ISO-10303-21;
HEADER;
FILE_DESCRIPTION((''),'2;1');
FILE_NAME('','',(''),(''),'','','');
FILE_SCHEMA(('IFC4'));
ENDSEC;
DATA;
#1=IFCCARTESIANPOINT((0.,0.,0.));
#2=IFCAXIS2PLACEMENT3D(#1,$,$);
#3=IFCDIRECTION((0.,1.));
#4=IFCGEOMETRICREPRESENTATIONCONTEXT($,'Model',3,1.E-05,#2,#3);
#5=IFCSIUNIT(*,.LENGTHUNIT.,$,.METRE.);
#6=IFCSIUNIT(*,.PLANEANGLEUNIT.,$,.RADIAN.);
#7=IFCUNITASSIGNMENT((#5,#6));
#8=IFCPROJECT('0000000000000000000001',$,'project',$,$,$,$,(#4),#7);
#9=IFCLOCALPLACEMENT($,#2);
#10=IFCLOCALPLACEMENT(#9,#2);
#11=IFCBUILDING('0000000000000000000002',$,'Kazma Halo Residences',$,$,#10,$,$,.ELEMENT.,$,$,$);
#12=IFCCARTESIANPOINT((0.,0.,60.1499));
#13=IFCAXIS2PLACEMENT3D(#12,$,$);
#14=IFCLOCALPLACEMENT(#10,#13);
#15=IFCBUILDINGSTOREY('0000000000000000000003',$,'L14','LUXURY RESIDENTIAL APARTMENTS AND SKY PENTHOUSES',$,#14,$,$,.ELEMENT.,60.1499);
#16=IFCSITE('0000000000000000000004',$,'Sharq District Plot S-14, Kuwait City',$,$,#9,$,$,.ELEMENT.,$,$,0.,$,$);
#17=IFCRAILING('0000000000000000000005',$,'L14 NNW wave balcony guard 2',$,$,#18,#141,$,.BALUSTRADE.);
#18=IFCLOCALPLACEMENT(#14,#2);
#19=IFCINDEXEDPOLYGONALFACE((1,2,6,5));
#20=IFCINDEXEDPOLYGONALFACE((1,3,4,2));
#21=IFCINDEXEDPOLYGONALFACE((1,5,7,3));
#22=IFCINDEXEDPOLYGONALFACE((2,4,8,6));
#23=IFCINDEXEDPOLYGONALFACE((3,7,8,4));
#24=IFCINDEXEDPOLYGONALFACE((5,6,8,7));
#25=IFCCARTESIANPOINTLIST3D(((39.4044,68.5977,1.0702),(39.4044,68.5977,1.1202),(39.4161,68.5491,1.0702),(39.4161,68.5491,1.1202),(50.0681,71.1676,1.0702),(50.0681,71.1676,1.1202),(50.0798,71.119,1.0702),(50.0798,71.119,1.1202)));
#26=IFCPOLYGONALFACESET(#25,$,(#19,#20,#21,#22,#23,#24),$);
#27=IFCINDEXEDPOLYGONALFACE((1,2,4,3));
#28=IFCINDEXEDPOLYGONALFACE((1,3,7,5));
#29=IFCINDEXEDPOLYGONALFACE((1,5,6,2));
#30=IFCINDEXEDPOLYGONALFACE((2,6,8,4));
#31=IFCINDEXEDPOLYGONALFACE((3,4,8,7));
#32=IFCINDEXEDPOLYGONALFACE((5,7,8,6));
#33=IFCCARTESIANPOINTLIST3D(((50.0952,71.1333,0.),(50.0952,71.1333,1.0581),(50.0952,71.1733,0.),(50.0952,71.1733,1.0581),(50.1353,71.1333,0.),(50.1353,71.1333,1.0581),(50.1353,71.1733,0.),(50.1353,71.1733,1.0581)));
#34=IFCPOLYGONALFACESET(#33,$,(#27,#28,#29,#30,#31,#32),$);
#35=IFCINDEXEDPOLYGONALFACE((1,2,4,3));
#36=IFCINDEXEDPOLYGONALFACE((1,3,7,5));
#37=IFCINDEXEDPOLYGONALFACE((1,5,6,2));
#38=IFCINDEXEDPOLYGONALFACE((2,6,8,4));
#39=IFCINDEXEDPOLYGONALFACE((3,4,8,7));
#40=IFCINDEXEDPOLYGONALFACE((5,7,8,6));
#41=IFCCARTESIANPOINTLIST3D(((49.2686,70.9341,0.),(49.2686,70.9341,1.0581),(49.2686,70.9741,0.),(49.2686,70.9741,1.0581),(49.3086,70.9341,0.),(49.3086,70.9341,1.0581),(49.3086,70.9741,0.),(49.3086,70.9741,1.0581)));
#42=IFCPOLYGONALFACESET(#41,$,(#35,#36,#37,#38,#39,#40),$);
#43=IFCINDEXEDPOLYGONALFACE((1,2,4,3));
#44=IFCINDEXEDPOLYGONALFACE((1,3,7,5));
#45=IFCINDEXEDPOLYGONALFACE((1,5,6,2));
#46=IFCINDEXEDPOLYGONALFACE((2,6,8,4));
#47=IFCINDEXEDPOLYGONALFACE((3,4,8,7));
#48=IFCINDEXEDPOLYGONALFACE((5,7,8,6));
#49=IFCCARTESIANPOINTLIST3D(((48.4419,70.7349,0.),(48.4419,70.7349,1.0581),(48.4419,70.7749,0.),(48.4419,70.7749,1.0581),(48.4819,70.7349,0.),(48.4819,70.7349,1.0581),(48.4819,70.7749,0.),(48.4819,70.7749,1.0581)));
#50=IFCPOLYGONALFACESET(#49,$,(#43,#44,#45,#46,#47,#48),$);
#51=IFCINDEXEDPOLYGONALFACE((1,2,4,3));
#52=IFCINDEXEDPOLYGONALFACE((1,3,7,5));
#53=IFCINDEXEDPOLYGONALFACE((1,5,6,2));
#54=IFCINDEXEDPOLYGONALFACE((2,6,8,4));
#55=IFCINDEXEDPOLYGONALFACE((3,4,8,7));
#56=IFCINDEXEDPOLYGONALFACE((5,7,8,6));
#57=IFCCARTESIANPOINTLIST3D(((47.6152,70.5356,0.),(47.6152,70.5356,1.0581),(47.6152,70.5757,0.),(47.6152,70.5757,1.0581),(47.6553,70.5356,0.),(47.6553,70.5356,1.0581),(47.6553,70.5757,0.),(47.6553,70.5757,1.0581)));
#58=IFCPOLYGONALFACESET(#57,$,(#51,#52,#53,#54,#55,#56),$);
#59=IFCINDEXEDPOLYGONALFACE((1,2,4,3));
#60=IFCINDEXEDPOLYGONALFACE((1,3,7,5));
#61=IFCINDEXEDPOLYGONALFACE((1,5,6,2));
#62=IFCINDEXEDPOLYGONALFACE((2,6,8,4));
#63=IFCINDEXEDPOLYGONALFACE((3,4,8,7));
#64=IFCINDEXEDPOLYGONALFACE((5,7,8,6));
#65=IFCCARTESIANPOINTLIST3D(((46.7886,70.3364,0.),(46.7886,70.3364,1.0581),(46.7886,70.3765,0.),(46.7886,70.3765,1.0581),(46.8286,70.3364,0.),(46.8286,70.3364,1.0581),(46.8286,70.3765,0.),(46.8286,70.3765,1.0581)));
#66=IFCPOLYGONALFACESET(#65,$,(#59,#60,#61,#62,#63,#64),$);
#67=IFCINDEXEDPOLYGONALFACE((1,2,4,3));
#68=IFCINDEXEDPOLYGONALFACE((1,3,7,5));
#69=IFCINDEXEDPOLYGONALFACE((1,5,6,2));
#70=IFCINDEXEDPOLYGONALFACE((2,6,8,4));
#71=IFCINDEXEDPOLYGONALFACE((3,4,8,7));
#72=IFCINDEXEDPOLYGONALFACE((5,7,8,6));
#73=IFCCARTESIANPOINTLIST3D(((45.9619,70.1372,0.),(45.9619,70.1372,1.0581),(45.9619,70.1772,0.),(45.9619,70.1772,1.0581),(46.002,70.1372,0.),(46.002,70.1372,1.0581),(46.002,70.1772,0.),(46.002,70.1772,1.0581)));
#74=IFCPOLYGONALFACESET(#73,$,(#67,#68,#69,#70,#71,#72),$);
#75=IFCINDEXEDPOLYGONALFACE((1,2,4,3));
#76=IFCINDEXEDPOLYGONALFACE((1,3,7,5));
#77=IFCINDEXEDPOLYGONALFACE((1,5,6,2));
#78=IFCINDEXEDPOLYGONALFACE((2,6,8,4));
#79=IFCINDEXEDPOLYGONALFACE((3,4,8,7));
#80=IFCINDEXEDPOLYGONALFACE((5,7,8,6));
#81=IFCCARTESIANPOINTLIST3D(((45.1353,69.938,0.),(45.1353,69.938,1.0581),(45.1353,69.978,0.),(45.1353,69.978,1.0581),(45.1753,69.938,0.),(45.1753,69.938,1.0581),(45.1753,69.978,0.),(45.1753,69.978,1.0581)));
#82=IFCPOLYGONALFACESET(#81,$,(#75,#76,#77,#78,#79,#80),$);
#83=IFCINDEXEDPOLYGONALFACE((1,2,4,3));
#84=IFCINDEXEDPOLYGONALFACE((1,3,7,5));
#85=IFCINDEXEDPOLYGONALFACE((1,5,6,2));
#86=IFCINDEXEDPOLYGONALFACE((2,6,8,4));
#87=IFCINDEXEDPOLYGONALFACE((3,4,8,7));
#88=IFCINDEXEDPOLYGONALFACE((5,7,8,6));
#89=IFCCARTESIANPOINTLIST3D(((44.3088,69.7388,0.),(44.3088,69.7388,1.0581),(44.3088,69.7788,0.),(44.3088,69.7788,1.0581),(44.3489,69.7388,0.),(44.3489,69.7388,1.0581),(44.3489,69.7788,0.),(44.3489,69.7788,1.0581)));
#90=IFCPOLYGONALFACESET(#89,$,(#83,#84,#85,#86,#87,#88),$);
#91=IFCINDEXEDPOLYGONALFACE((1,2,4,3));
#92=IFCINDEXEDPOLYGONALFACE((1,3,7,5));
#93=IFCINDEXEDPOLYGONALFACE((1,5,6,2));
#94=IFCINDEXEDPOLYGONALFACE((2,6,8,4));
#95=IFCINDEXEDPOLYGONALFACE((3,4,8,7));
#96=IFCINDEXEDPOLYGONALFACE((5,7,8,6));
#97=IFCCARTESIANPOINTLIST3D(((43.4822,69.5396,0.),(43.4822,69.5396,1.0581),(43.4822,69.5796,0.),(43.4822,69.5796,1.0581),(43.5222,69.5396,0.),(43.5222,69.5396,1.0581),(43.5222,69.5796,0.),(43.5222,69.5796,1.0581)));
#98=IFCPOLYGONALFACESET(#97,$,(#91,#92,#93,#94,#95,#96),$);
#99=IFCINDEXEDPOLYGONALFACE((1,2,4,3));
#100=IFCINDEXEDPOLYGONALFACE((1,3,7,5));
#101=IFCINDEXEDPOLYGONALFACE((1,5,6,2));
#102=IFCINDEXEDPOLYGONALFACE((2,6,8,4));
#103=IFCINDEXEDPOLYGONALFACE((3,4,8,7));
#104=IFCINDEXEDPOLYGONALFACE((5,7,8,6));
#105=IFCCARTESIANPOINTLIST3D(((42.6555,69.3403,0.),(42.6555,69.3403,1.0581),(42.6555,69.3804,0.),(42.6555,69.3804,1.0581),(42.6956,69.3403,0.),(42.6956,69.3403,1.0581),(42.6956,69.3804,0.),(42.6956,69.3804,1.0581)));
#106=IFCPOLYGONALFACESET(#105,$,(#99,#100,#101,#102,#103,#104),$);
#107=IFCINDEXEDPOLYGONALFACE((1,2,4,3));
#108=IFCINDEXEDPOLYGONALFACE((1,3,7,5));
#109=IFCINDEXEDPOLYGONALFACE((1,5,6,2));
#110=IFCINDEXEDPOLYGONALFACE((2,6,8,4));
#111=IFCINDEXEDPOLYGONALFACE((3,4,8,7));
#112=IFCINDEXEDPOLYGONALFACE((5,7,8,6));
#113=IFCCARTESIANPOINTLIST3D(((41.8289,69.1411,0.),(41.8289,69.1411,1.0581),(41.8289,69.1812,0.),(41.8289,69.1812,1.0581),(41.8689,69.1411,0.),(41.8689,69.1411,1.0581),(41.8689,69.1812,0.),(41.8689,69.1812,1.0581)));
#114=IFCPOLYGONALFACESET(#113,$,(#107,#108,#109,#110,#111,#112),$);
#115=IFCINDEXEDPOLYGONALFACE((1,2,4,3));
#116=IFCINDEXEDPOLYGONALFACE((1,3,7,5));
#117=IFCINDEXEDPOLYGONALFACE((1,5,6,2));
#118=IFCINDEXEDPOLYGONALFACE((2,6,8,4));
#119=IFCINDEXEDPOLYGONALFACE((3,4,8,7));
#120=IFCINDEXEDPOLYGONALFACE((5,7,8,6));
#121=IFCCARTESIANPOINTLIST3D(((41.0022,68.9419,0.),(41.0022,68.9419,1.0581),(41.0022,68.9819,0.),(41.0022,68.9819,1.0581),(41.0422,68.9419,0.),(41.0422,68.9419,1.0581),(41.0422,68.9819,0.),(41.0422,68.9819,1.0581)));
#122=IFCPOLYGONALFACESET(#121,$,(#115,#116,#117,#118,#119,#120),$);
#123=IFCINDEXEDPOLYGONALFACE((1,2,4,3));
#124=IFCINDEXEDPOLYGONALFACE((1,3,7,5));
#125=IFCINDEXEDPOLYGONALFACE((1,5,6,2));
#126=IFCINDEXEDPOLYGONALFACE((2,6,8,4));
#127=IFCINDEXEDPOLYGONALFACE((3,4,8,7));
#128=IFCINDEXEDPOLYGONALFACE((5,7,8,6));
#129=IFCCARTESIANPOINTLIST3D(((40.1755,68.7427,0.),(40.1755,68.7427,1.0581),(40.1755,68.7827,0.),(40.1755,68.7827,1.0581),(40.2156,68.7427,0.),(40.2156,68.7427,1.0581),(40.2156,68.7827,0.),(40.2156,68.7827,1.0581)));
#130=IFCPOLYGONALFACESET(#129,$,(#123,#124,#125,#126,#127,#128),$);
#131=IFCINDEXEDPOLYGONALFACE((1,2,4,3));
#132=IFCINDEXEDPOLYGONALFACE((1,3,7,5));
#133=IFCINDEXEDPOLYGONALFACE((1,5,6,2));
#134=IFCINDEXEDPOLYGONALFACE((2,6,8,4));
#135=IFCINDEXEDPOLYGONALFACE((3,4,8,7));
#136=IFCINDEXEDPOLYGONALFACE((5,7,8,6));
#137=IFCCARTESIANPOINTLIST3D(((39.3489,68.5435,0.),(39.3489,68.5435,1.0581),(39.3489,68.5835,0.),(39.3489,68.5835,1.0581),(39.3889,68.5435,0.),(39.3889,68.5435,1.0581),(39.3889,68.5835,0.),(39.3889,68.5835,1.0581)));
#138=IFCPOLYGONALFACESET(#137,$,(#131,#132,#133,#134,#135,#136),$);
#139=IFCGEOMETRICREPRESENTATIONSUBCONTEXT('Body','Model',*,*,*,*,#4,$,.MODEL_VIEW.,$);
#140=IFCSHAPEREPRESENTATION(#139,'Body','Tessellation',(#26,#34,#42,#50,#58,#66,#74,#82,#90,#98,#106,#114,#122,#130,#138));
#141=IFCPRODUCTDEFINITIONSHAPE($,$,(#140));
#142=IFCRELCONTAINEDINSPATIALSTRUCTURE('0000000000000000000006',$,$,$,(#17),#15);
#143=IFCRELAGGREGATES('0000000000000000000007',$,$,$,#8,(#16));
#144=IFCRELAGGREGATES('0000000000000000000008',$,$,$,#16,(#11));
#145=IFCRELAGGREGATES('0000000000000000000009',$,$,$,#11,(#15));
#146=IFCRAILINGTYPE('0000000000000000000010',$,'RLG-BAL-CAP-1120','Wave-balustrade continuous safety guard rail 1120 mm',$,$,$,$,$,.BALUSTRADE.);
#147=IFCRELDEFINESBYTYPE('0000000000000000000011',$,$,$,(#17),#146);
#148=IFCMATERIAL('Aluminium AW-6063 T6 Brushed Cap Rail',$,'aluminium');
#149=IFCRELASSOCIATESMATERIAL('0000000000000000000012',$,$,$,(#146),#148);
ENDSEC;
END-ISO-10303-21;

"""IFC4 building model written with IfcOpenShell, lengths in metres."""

from ifc_helpers import new_model, si_unit, direction, frame, origin, origin_2d, place, context, subcontext, project, spatial, rectangle, extrude, material, type_object, element, save


model = new_model("IFC4")

# Units and contexts
model_context = context("Model", 3, precision=1e-05, world=origin(), true_north=direction((0.0, 1.0)))
body_context = subcontext(model_context, "Body", "Model", "MODEL_VIEW")
ifc_project = project(units=[si_unit("LENGTHUNIT", "METRE"), si_unit("PLANEANGLEUNIT", "RADIAN")], contexts=[model_context])

# Site, building, storey
site_placement = place(None, origin())
site = spatial("IfcSite", under=ifc_project, at=site_placement, Name="Sharq District Plot S-14, Kuwait City", CompositionType="ELEMENT", RefElevation=0.0)
building_placement = place(site_placement, origin())
building = spatial("IfcBuilding", under=site, at=building_placement, Name="Kazma Halo Residences", CompositionType="ELEMENT")
storey_placement = place(building_placement, frame((0.0, 0.0, 60.1499)))
storey = spatial("IfcBuildingStorey", under=building, at=storey_placement, Name="L14", Description="LUXURY RESIDENTIAL APARTMENTS AND SKY PENTHOUSES", CompositionType="ELEMENT", Elevation=60.1499)

# Railing
ifc_material_1 = material(Name="Aluminium AW-6063 T6 Brushed Cap Rail", Category="aluminium")
railing_type = type_object("IfcRailingType", Name="RLG-BAL-CAP-1120", Description="Wave-balustrade continuous safety guard rail 1120 mm", PredefinedType="BALUSTRADE", material=ifc_material_1)
railing_1_placement = place(storey_placement, frame((50.1152, 71.1533, 0.0)))
element("IfcRailing", 1, at=railing_1_placement, inside=storey, type_object=railing_type, Name="L14 NNW wave balcony guard 2", PredefinedType="BALUSTRADE", context=body_context, shape_type="SweptSolid", body=[
    extrude(rectangle(XDim=0.05, YDim=0.05, at=origin_2d()), frame((-0.0413, -0.01, 1.0952), z_axis=(-0.972167, -0.23429, 0.0), x_axis=(0.23429, -0.972167, 0.0)), (0.0, 0.0, 1.0), 10.969),
    extrude(rectangle(XDim=0.04, YDim=0.04, at=origin_2d()), origin(), (0.0, 0.0, 1.0), 1.0581),
    extrude(rectangle(XDim=0.04, YDim=0.04, at=origin_2d()), frame((-0.8267, -0.1992, 0.0)), (0.0, 0.0, 1.0), 1.0581),
    extrude(rectangle(XDim=0.04, YDim=0.04, at=origin_2d()), frame((-1.6533, -0.3984, 0.0)), (0.0, 0.0, 1.0), 1.0581),
    extrude(rectangle(XDim=0.04, YDim=0.04, at=origin_2d()), frame((-2.48, -0.5977, 0.0)), (0.0, 0.0, 1.0), 1.0581),
    extrude(rectangle(XDim=0.04, YDim=0.04, at=origin_2d()), frame((-3.3066, -0.7969, 0.0)), (0.0, 0.0, 1.0), 1.0581),
    extrude(rectangle(XDim=0.04, YDim=0.04, at=origin_2d()), frame((-4.1333, -0.9961, 0.0)), (0.0, 0.0, 1.0), 1.0581),
    extrude(rectangle(XDim=0.04, YDim=0.04, at=origin_2d()), frame((-4.96, -1.1953, 0.0)), (0.0, 0.0, 1.0), 1.0581),
    extrude(rectangle(XDim=0.04, YDim=0.04, at=origin_2d()), frame((-5.7864, -1.3945, 0.0)), (0.0, 0.0, 1.0), 1.0581),
    extrude(rectangle(XDim=0.04, YDim=0.04, at=origin_2d()), frame((-6.613, -1.5938, 0.0)), (0.0, 0.0, 1.0), 1.0581),
    extrude(rectangle(XDim=0.04, YDim=0.04, at=origin_2d()), frame((-7.4397, -1.793, 0.0)), (0.0, 0.0, 1.0), 1.0581),
    extrude(rectangle(XDim=0.04, YDim=0.04, at=origin_2d()), frame((-8.2664, -1.9922, 0.0)), (0.0, 0.0, 1.0), 1.0581),
    extrude(rectangle(XDim=0.04, YDim=0.04, at=origin_2d()), frame((-9.093, -2.1914, 0.0)), (0.0, 0.0, 1.0), 1.0581),
    extrude(rectangle(XDim=0.04, YDim=0.04, at=origin_2d()), frame((-9.9197, -2.3906, 0.0)), (0.0, 0.0, 1.0), 1.0581),
    extrude(rectangle(XDim=0.04, YDim=0.04, at=origin_2d()), frame((-10.7463, -2.5898, 0.0)), (0.0, 0.0, 1.0), 1.0581),
])

save(model, "model.ifc")
